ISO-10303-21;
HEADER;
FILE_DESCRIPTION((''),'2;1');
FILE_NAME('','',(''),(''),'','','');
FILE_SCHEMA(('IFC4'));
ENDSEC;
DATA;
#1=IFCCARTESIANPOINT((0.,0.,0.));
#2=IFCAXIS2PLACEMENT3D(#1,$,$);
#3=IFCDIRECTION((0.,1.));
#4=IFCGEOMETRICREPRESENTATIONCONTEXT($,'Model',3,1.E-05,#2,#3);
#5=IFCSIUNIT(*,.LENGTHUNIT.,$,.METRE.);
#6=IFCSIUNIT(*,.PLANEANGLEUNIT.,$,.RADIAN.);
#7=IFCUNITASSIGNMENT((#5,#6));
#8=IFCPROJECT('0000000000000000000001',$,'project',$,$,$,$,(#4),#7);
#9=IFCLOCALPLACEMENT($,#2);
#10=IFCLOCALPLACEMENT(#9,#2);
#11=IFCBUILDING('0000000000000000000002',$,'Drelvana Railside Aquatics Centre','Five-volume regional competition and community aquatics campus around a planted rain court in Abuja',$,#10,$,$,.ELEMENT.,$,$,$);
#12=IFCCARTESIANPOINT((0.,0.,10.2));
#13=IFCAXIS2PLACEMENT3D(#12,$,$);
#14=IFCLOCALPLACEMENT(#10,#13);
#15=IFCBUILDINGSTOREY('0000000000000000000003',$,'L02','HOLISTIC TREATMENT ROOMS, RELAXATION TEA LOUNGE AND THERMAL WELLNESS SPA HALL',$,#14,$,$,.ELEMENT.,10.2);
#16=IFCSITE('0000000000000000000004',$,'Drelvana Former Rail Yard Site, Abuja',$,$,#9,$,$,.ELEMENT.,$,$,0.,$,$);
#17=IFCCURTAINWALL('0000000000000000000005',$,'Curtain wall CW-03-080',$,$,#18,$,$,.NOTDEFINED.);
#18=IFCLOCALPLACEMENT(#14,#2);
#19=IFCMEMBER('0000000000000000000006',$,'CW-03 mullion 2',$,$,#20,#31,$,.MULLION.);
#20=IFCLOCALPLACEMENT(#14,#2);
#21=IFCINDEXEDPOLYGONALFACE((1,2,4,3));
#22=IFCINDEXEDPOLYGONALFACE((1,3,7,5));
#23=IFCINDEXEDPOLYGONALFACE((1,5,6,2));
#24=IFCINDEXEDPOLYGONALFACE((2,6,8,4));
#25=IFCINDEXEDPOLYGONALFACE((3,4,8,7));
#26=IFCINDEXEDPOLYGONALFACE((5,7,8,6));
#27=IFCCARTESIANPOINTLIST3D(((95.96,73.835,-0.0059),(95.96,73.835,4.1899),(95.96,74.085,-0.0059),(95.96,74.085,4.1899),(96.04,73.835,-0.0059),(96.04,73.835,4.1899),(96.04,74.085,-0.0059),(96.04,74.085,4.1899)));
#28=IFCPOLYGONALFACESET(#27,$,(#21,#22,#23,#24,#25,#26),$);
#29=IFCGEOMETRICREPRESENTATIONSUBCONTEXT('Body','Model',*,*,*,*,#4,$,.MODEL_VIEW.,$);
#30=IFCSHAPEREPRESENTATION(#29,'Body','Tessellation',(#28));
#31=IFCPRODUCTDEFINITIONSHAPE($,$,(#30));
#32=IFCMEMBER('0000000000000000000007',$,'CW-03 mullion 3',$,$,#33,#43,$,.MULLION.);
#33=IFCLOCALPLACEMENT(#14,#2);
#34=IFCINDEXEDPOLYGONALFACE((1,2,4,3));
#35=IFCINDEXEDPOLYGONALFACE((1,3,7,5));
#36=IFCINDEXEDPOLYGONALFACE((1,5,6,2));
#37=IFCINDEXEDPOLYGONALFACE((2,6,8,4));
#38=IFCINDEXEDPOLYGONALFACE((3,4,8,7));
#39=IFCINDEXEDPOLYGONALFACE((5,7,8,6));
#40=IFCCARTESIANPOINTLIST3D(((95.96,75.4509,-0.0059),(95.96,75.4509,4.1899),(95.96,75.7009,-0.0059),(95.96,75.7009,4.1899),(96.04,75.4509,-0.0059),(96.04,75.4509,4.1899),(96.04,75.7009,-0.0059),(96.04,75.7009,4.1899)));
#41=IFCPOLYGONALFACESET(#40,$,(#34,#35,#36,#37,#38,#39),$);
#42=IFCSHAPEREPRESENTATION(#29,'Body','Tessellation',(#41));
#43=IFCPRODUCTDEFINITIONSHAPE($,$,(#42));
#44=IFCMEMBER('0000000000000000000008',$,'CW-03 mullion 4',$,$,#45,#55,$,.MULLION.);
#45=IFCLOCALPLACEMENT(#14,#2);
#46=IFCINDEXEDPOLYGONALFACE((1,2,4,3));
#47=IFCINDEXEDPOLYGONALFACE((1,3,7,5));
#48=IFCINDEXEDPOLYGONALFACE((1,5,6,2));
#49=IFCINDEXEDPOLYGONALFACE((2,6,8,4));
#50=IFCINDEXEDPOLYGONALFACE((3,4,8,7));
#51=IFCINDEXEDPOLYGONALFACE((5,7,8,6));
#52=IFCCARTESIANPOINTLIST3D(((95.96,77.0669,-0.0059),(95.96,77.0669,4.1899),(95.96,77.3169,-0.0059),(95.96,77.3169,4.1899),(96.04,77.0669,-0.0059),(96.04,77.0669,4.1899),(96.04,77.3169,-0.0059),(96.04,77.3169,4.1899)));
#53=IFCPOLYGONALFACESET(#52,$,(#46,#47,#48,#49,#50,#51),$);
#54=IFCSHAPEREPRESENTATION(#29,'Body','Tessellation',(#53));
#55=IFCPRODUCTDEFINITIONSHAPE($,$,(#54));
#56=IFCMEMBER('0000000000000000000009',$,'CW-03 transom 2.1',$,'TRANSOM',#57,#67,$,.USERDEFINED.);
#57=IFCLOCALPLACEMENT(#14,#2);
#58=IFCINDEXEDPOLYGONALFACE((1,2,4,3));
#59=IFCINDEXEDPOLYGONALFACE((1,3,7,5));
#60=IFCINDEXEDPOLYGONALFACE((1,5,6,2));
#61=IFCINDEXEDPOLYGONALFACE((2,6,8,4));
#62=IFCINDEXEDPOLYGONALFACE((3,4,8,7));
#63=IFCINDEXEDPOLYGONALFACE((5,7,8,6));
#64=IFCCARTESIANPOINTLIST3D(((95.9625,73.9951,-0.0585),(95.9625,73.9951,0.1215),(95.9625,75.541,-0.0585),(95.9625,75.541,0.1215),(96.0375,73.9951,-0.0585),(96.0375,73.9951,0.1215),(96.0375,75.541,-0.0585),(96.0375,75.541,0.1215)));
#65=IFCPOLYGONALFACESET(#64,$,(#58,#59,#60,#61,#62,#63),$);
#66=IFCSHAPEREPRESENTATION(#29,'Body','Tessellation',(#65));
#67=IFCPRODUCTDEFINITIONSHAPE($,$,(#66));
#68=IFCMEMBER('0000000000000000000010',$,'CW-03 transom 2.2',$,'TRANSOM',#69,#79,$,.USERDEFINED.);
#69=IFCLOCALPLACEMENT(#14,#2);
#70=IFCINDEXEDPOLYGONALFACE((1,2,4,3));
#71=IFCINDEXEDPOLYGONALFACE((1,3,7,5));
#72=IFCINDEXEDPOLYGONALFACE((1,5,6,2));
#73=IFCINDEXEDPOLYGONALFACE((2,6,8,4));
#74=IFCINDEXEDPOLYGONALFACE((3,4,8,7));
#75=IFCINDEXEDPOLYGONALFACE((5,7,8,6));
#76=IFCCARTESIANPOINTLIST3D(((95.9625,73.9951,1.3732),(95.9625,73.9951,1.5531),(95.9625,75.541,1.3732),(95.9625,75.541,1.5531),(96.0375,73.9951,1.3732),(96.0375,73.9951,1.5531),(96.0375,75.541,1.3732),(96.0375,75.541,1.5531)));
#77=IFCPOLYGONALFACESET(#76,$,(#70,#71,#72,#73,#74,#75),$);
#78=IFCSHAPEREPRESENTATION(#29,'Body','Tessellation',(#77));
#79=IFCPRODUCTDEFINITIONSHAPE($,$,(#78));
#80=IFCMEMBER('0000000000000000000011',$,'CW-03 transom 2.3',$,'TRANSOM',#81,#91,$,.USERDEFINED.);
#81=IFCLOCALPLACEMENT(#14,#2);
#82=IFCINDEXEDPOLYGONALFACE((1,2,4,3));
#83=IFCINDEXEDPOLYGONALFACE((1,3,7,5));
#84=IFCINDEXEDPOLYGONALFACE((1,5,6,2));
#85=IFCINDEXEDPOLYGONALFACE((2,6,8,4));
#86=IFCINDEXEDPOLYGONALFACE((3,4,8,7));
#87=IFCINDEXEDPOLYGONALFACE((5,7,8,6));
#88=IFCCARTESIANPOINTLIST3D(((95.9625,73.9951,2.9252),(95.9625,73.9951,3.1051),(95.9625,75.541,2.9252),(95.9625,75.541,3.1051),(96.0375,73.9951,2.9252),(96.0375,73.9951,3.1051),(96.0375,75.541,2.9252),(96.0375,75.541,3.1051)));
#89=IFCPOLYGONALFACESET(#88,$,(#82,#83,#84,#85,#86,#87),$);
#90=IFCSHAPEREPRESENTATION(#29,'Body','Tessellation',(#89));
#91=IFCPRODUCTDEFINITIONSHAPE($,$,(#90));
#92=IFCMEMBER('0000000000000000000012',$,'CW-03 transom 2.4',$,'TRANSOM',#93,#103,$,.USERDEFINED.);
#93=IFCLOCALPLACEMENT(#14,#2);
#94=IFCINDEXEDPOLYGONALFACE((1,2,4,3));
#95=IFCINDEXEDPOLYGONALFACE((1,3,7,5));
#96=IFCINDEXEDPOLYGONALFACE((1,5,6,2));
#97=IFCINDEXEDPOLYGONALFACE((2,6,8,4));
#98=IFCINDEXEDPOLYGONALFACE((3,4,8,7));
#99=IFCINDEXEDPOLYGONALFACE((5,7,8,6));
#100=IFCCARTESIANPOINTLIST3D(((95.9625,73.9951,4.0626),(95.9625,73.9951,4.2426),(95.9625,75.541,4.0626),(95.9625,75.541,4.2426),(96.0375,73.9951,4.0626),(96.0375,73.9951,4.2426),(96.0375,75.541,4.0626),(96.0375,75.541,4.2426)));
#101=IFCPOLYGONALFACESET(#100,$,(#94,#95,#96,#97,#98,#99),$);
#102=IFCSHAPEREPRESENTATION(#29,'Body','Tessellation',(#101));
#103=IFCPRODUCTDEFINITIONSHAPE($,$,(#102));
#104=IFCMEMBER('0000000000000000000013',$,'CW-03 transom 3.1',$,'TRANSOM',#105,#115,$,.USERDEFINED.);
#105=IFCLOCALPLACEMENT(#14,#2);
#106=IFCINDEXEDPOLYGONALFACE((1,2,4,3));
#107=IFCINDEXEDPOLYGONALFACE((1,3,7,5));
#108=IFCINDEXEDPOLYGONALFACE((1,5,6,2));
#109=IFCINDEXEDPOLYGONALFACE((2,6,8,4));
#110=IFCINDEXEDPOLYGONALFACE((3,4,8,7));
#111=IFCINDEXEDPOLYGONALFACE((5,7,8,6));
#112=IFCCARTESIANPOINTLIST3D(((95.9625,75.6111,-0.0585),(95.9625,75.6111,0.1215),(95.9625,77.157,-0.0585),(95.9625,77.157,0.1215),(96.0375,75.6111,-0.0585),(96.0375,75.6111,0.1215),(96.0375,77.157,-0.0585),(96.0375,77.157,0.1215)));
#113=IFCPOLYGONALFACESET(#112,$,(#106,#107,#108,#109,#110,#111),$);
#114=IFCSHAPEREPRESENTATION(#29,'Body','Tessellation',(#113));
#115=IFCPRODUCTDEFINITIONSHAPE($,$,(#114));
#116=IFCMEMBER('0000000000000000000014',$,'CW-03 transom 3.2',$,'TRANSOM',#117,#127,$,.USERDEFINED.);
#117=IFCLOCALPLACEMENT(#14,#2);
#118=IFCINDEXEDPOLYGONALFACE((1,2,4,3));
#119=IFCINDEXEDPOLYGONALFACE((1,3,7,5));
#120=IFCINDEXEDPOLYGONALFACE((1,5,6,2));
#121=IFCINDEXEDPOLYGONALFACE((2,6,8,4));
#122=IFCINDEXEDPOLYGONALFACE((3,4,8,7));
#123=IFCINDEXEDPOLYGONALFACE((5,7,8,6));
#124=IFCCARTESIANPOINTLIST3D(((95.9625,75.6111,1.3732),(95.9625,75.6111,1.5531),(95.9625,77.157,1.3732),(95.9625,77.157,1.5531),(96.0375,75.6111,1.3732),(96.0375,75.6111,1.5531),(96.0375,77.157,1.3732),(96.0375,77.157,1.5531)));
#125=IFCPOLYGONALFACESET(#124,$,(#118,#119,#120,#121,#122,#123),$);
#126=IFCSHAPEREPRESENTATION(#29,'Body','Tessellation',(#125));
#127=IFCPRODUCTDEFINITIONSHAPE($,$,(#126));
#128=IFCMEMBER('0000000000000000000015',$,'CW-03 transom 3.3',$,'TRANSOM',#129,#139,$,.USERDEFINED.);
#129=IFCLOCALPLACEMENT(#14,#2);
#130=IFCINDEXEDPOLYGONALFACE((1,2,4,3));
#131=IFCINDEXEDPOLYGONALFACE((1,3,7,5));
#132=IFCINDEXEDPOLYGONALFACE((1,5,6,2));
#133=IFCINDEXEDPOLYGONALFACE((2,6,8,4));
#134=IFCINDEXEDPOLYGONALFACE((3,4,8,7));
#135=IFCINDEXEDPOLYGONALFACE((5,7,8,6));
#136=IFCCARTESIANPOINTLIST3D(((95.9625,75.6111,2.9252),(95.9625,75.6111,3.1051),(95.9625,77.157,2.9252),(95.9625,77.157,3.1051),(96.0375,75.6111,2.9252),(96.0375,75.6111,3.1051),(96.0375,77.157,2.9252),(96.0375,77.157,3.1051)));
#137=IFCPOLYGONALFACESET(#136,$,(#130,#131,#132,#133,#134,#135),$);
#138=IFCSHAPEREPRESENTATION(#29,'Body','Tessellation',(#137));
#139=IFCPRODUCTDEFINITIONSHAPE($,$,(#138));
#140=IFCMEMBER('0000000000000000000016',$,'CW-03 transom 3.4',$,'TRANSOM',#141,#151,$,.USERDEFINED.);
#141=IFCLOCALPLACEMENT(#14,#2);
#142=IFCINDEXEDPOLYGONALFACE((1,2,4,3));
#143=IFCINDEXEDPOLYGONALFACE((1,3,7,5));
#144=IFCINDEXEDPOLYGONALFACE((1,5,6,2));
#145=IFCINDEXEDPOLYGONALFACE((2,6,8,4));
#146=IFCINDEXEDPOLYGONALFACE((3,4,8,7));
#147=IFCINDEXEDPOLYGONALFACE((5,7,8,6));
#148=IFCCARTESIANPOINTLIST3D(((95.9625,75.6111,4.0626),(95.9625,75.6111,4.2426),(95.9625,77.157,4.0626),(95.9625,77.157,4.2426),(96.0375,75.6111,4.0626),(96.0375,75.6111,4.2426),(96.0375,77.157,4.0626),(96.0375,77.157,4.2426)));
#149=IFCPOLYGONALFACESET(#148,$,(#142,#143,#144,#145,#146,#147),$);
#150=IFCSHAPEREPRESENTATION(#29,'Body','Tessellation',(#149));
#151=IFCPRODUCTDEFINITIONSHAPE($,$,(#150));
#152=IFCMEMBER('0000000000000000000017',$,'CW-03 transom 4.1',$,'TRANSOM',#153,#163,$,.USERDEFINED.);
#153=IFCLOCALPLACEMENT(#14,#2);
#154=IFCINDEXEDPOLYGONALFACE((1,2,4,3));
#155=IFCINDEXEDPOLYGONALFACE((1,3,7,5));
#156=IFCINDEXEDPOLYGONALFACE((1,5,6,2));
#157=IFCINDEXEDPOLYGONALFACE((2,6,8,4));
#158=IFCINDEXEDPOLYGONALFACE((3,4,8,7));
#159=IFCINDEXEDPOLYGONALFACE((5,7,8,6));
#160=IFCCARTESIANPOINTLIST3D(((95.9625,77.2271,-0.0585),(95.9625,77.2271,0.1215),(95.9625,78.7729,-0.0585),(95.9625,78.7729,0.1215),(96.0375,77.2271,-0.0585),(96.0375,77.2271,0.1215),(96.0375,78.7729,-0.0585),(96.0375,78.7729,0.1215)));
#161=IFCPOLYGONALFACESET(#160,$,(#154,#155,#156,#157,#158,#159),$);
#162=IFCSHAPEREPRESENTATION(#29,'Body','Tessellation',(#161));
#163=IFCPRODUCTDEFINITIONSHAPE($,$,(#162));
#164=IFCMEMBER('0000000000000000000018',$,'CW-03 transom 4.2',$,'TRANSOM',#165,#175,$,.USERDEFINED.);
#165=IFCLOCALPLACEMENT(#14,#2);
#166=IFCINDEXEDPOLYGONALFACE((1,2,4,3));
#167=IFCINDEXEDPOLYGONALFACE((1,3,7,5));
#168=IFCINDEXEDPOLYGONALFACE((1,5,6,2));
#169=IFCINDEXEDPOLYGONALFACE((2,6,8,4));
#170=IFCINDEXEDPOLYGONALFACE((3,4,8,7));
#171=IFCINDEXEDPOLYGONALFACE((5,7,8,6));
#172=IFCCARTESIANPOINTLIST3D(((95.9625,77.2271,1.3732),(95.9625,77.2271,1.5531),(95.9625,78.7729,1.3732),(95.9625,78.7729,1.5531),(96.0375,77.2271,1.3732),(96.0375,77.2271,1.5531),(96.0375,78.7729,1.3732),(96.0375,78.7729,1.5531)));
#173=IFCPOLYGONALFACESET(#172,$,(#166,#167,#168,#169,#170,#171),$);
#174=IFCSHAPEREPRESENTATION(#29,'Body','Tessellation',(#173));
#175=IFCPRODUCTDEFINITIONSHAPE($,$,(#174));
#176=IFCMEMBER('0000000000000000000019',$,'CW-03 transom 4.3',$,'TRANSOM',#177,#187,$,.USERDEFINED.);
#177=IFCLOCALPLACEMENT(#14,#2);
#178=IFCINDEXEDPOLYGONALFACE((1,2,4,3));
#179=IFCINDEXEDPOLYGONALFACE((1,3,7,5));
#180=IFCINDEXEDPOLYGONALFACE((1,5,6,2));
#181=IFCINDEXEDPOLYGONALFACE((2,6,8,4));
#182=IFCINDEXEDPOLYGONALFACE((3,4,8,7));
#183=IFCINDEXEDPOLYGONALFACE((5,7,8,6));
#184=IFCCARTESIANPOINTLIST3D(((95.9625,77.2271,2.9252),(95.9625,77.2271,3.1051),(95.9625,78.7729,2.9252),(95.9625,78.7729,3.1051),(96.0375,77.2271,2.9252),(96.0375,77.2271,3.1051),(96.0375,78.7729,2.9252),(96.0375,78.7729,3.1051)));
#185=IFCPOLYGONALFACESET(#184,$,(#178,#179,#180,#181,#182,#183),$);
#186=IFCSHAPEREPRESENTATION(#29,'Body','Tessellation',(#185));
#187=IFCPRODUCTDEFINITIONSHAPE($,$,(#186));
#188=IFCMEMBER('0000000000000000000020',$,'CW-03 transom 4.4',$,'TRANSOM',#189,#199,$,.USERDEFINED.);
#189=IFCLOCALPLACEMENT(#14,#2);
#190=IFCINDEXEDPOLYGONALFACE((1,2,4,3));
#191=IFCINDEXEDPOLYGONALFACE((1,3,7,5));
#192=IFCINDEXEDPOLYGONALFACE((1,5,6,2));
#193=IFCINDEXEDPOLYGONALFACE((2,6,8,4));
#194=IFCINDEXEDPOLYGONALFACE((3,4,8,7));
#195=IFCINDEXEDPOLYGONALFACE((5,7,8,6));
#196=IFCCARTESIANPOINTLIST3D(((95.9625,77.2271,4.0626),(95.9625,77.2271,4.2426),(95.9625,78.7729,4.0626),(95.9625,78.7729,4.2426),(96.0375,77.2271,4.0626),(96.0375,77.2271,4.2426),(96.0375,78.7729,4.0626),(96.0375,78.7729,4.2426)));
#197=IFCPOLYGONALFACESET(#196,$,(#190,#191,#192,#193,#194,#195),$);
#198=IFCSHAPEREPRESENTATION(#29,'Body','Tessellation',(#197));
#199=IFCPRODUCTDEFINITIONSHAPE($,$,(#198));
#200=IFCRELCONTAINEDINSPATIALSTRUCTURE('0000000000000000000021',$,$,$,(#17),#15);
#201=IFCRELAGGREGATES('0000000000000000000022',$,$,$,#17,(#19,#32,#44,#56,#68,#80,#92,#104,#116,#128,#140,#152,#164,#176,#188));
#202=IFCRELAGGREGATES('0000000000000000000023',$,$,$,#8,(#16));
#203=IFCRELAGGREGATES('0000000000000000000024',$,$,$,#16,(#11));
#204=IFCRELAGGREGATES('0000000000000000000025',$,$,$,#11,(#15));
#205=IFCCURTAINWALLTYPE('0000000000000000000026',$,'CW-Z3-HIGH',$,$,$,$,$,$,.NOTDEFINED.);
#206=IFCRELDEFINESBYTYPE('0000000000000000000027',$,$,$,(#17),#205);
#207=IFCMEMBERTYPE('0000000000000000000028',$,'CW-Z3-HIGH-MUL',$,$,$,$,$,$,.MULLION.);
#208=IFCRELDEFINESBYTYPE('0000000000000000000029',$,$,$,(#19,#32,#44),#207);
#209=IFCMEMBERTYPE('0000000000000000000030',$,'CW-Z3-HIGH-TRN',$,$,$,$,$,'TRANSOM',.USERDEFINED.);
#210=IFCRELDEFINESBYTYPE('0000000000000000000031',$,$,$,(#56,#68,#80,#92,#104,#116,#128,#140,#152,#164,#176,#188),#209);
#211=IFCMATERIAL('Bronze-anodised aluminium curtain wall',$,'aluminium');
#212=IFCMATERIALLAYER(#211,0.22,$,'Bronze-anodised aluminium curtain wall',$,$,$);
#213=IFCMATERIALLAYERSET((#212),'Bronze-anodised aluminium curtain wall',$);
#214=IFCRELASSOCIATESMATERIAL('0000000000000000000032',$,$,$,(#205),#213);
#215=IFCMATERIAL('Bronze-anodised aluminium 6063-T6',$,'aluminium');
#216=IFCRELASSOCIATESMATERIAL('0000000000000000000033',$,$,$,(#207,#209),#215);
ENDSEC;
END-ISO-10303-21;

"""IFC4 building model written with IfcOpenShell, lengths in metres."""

from ifc_helpers import new_model, si_unit, direction, frame, origin, origin_2d, place, context, subcontext, project, spatial, rectangle, extrude, material, layer, layer_set, material_profile, profile_set, type_object, element, aggregate, save


model = new_model("IFC4")

# Units and contexts
model_context = context("Model", 3, precision=1e-05, world=origin(), true_north=direction((0.0, 1.0)))
body_context = subcontext(model_context, "Body", "Model", "MODEL_VIEW")
ifc_project = project(units=[si_unit("LENGTHUNIT", "METRE"), si_unit("PLANEANGLEUNIT", "RADIAN")], contexts=[model_context])

# Site, building, storey
site_placement = place(None, origin())
site = spatial("IfcSite", under=ifc_project, at=site_placement, Name="Drelvana Former Rail Yard Site, Abuja", CompositionType="ELEMENT", RefElevation=0.0)
building_placement = place(site_placement, origin())
building = spatial("IfcBuilding", under=site, at=building_placement, Name="Drelvana Railside Aquatics Centre", Description="Five-volume regional competition and community aquatics campus around a planted rain court in Abuja", CompositionType="ELEMENT")
storey_placement = place(building_placement, frame((0.0, 0.0, 10.2)))
storey = spatial("IfcBuildingStorey", under=building, at=storey_placement, Name="L02", Description="HOLISTIC TREATMENT ROOMS, RELAXATION TEA LOUNGE AND THERMAL WELLNESS SPA HALL", CompositionType="ELEMENT", Elevation=10.2)

# Curtain wall, members
ifc_material_1 = material(Name="Bronze-anodised aluminium curtain wall", Category="aluminium")
ifc_layer_1 = layer(ifc_material_1, 0.22, Name="Bronze-anodised aluminium curtain wall")
ifc_layer_set_1 = layer_set([ifc_layer_1], Name="Bronze-anodised aluminium curtain wall")
curtain_wall_type = type_object("IfcCurtainWallType", Name="CW-Z3-HIGH", PredefinedType="NOTDEFINED", material=ifc_layer_set_1)
curtain_wall_placement = place(storey_placement, origin())
curtain_wall = element("IfcCurtainWall", 1, at=curtain_wall_placement, inside=storey, type_object=curtain_wall_type, Name="Curtain wall CW-03-080", PredefinedType="NOTDEFINED")
ifc_material_2 = material(Name="Bronze-anodised aluminium 6063-T6", Category="aluminium")
ifc_material_profile_1 = material_profile(ifc_material_2, rectangle(XDim=0.0801, YDim=0.25, at=origin_2d()), Name="ALU-M 80x250")
ifc_profile_set_1 = profile_set([ifc_material_profile_1], Name="Bronze-anodised aluminium 6063-T6")
member_type_1 = type_object("IfcMemberType", Name="CW-Z3-HIGH-MUL", PredefinedType="MULLION", material=ifc_profile_set_1)
member_1_placement = place(storey_placement, frame((96.0, 73.96, -0.0059), z_axis=(0.0, 0.0, 1.0), x_axis=(-1.0, 0.0, 0.0)))
member_1 = element("IfcMember", 2, at=member_1_placement, type_object=member_type_1, Name="CW-03 mullion 2", PredefinedType="MULLION", context=body_context, shape_type="SweptSolid", body=[
    extrude(rectangle(XDim=0.0801, YDim=0.25, at=origin_2d()), origin(), (0.0, 0.0, 1.0), 4.1958),
])
member_2_placement = place(storey_placement, frame((96.0, 75.5759, -0.0059), z_axis=(0.0, 0.0, 1.0), x_axis=(-1.0, 0.0, 0.0)))
member_2 = element("IfcMember", 3, at=member_2_placement, type_object=member_type_1, Name="CW-03 mullion 3", PredefinedType="MULLION", context=body_context, shape_type="SweptSolid", body=[
    extrude(rectangle(XDim=0.0801, YDim=0.25, at=origin_2d()), origin(), (0.0, 0.0, 1.0), 4.1958),
])
member_3_placement = place(storey_placement, frame((96.0, 77.1919, -0.0059), z_axis=(0.0, 0.0, 1.0), x_axis=(-1.0, 0.0, 0.0)))
member_3 = element("IfcMember", 4, at=member_3_placement, type_object=member_type_1, Name="CW-03 mullion 4", PredefinedType="MULLION", context=body_context, shape_type="SweptSolid", body=[
    extrude(rectangle(XDim=0.0801, YDim=0.25, at=origin_2d()), origin(), (0.0, 0.0, 1.0), 4.1958),
])
ifc_material_profile_2 = material_profile(ifc_material_2, rectangle(XDim=0.1799, YDim=0.075, at=origin_2d()), Name="ALU-T 75x180")
ifc_profile_set_2 = profile_set([ifc_material_profile_2], Name="Bronze-anodised aluminium 6063-T6")
member_type_2 = type_object("IfcMemberType", Name="CW-Z3-HIGH-TRN", ElementType="TRANSOM", PredefinedType="USERDEFINED", material=ifc_profile_set_2)
member_4_placement = place(storey_placement, frame((96.0, 73.9951, 0.0315), z_axis=(0.0, 1.0, 0.0), x_axis=(0.0, 0.0, 1.0)))
member_4 = element("IfcMember", 5, at=member_4_placement, type_object=member_type_2, Name="CW-03 transom 2.1", ObjectType="TRANSOM", PredefinedType="USERDEFINED", context=body_context, shape_type="SweptSolid", body=[
    extrude(rectangle(XDim=0.1799, YDim=0.075, at=origin_2d()), origin(), (0.0, 0.0, 1.0), 1.5459),
])
member_5_placement = place(storey_placement, frame((96.0, 73.9951, 1.4631), z_axis=(0.0, 1.0, 0.0), x_axis=(0.0, 0.0, 1.0)))
member_5 = element("IfcMember", 6, at=member_5_placement, type_object=member_type_2, Name="CW-03 transom 2.2", ObjectType="TRANSOM", PredefinedType="USERDEFINED", context=body_context, shape_type="SweptSolid", body=[
    extrude(rectangle(XDim=0.1799, YDim=0.075, at=origin_2d()), origin(), (0.0, 0.0, 1.0), 1.5459),
])
member_6_placement = place(storey_placement, frame((96.0, 73.9951, 3.0151), z_axis=(0.0, 1.0, 0.0), x_axis=(0.0, 0.0, 1.0)))
member_6 = element("IfcMember", 7, at=member_6_placement, type_object=member_type_2, Name="CW-03 transom 2.3", ObjectType="TRANSOM", PredefinedType="USERDEFINED", context=body_context, shape_type="SweptSolid", body=[
    extrude(rectangle(XDim=0.1799, YDim=0.075, at=origin_2d()), origin(), (0.0, 0.0, 1.0), 1.5459),
])
member_7_placement = place(storey_placement, frame((96.0, 73.9951, 4.1526), z_axis=(0.0, 1.0, 0.0), x_axis=(0.0, 0.0, 1.0)))
member_7 = element("IfcMember", 8, at=member_7_placement, type_object=member_type_2, Name="CW-03 transom 2.4", ObjectType="TRANSOM", PredefinedType="USERDEFINED", context=body_context, shape_type="SweptSolid", body=[
    extrude(rectangle(XDim=0.1799, YDim=0.075, at=origin_2d()), origin(), (0.0, 0.0, 1.0), 1.5459),
])
member_8_placement = place(storey_placement, frame((96.0, 75.6111, 0.0315), z_axis=(0.0, 1.0, 0.0), x_axis=(0.0, 0.0, 1.0)))
member_8 = element("IfcMember", 9, at=member_8_placement, type_object=member_type_2, Name="CW-03 transom 3.1", ObjectType="TRANSOM", PredefinedType="USERDEFINED", context=body_context, shape_type="SweptSolid", body=[
    extrude(rectangle(XDim=0.1799, YDim=0.075, at=origin_2d()), origin(), (0.0, 0.0, 1.0), 1.5459),
])
member_9_placement = place(storey_placement, frame((96.0, 75.6111, 1.4631), z_axis=(0.0, 1.0, 0.0), x_axis=(0.0, 0.0, 1.0)))
member_9 = element("IfcMember", 10, at=member_9_placement, type_object=member_type_2, Name="CW-03 transom 3.2", ObjectType="TRANSOM", PredefinedType="USERDEFINED", context=body_context, shape_type="SweptSolid", body=[
    extrude(rectangle(XDim=0.1799, YDim=0.075, at=origin_2d()), origin(), (0.0, 0.0, 1.0), 1.5459),
])
member_10_placement = place(storey_placement, frame((96.0, 75.6111, 3.0151), z_axis=(0.0, 1.0, 0.0), x_axis=(0.0, 0.0, 1.0)))
member_10 = element("IfcMember", 11, at=member_10_placement, type_object=member_type_2, Name="CW-03 transom 3.3", ObjectType="TRANSOM", PredefinedType="USERDEFINED", context=body_context, shape_type="SweptSolid", body=[
    extrude(rectangle(XDim=0.1799, YDim=0.075, at=origin_2d()), origin(), (0.0, 0.0, 1.0), 1.5459),
])
member_11_placement = place(storey_placement, frame((96.0, 75.6111, 4.1526), z_axis=(0.0, 1.0, 0.0), x_axis=(0.0, 0.0, 1.0)))
member_11 = element("IfcMember", 12, at=member_11_placement, type_object=member_type_2, Name="CW-03 transom 3.4", ObjectType="TRANSOM", PredefinedType="USERDEFINED", context=body_context, shape_type="SweptSolid", body=[
    extrude(rectangle(XDim=0.1799, YDim=0.075, at=origin_2d()), origin(), (0.0, 0.0, 1.0), 1.5459),
])
member_12_placement = place(storey_placement, frame((96.0, 77.2271, 0.0315), z_axis=(0.0, 1.0, 0.0), x_axis=(0.0, 0.0, 1.0)))
member_12 = element("IfcMember", 13, at=member_12_placement, type_object=member_type_2, Name="CW-03 transom 4.1", ObjectType="TRANSOM", PredefinedType="USERDEFINED", context=body_context, shape_type="SweptSolid", body=[
    extrude(rectangle(XDim=0.1799, YDim=0.075, at=origin_2d()), origin(), (0.0, 0.0, 1.0), 1.5459),
])
member_13_placement = place(storey_placement, frame((96.0, 77.2271, 1.4631), z_axis=(0.0, 1.0, 0.0), x_axis=(0.0, 0.0, 1.0)))
member_13 = element("IfcMember", 14, at=member_13_placement, type_object=member_type_2, Name="CW-03 transom 4.2", ObjectType="TRANSOM", PredefinedType="USERDEFINED", context=body_context, shape_type="SweptSolid", body=[
    extrude(rectangle(XDim=0.1799, YDim=0.075, at=origin_2d()), origin(), (0.0, 0.0, 1.0), 1.5459),
])
member_14_placement = place(storey_placement, frame((96.0, 77.2271, 3.0151), z_axis=(0.0, 1.0, 0.0), x_axis=(0.0, 0.0, 1.0)))
member_14 = element("IfcMember", 15, at=member_14_placement, type_object=member_type_2, Name="CW-03 transom 4.3", ObjectType="TRANSOM", PredefinedType="USERDEFINED", context=body_context, shape_type="SweptSolid", body=[
    extrude(rectangle(XDim=0.1799, YDim=0.075, at=origin_2d()), origin(), (0.0, 0.0, 1.0), 1.5459),
])
member_15_placement = place(storey_placement, frame((96.0, 77.2271, 4.1526), z_axis=(0.0, 1.0, 0.0), x_axis=(0.0, 0.0, 1.0)))
member_15 = element("IfcMember", 16, at=member_15_placement, type_object=member_type_2, Name="CW-03 transom 4.4", ObjectType="TRANSOM", PredefinedType="USERDEFINED", context=body_context, shape_type="SweptSolid", body=[
    extrude(rectangle(XDim=0.1799, YDim=0.075, at=origin_2d()), origin(), (0.0, 0.0, 1.0), 1.5459),
])
aggregate(curtain_wall, [member_1, member_2, member_3, member_4, member_5, member_6, member_7, member_8, member_9, member_10, member_11, member_12, member_13, member_14, member_15])

save(model, "model.ifc")
